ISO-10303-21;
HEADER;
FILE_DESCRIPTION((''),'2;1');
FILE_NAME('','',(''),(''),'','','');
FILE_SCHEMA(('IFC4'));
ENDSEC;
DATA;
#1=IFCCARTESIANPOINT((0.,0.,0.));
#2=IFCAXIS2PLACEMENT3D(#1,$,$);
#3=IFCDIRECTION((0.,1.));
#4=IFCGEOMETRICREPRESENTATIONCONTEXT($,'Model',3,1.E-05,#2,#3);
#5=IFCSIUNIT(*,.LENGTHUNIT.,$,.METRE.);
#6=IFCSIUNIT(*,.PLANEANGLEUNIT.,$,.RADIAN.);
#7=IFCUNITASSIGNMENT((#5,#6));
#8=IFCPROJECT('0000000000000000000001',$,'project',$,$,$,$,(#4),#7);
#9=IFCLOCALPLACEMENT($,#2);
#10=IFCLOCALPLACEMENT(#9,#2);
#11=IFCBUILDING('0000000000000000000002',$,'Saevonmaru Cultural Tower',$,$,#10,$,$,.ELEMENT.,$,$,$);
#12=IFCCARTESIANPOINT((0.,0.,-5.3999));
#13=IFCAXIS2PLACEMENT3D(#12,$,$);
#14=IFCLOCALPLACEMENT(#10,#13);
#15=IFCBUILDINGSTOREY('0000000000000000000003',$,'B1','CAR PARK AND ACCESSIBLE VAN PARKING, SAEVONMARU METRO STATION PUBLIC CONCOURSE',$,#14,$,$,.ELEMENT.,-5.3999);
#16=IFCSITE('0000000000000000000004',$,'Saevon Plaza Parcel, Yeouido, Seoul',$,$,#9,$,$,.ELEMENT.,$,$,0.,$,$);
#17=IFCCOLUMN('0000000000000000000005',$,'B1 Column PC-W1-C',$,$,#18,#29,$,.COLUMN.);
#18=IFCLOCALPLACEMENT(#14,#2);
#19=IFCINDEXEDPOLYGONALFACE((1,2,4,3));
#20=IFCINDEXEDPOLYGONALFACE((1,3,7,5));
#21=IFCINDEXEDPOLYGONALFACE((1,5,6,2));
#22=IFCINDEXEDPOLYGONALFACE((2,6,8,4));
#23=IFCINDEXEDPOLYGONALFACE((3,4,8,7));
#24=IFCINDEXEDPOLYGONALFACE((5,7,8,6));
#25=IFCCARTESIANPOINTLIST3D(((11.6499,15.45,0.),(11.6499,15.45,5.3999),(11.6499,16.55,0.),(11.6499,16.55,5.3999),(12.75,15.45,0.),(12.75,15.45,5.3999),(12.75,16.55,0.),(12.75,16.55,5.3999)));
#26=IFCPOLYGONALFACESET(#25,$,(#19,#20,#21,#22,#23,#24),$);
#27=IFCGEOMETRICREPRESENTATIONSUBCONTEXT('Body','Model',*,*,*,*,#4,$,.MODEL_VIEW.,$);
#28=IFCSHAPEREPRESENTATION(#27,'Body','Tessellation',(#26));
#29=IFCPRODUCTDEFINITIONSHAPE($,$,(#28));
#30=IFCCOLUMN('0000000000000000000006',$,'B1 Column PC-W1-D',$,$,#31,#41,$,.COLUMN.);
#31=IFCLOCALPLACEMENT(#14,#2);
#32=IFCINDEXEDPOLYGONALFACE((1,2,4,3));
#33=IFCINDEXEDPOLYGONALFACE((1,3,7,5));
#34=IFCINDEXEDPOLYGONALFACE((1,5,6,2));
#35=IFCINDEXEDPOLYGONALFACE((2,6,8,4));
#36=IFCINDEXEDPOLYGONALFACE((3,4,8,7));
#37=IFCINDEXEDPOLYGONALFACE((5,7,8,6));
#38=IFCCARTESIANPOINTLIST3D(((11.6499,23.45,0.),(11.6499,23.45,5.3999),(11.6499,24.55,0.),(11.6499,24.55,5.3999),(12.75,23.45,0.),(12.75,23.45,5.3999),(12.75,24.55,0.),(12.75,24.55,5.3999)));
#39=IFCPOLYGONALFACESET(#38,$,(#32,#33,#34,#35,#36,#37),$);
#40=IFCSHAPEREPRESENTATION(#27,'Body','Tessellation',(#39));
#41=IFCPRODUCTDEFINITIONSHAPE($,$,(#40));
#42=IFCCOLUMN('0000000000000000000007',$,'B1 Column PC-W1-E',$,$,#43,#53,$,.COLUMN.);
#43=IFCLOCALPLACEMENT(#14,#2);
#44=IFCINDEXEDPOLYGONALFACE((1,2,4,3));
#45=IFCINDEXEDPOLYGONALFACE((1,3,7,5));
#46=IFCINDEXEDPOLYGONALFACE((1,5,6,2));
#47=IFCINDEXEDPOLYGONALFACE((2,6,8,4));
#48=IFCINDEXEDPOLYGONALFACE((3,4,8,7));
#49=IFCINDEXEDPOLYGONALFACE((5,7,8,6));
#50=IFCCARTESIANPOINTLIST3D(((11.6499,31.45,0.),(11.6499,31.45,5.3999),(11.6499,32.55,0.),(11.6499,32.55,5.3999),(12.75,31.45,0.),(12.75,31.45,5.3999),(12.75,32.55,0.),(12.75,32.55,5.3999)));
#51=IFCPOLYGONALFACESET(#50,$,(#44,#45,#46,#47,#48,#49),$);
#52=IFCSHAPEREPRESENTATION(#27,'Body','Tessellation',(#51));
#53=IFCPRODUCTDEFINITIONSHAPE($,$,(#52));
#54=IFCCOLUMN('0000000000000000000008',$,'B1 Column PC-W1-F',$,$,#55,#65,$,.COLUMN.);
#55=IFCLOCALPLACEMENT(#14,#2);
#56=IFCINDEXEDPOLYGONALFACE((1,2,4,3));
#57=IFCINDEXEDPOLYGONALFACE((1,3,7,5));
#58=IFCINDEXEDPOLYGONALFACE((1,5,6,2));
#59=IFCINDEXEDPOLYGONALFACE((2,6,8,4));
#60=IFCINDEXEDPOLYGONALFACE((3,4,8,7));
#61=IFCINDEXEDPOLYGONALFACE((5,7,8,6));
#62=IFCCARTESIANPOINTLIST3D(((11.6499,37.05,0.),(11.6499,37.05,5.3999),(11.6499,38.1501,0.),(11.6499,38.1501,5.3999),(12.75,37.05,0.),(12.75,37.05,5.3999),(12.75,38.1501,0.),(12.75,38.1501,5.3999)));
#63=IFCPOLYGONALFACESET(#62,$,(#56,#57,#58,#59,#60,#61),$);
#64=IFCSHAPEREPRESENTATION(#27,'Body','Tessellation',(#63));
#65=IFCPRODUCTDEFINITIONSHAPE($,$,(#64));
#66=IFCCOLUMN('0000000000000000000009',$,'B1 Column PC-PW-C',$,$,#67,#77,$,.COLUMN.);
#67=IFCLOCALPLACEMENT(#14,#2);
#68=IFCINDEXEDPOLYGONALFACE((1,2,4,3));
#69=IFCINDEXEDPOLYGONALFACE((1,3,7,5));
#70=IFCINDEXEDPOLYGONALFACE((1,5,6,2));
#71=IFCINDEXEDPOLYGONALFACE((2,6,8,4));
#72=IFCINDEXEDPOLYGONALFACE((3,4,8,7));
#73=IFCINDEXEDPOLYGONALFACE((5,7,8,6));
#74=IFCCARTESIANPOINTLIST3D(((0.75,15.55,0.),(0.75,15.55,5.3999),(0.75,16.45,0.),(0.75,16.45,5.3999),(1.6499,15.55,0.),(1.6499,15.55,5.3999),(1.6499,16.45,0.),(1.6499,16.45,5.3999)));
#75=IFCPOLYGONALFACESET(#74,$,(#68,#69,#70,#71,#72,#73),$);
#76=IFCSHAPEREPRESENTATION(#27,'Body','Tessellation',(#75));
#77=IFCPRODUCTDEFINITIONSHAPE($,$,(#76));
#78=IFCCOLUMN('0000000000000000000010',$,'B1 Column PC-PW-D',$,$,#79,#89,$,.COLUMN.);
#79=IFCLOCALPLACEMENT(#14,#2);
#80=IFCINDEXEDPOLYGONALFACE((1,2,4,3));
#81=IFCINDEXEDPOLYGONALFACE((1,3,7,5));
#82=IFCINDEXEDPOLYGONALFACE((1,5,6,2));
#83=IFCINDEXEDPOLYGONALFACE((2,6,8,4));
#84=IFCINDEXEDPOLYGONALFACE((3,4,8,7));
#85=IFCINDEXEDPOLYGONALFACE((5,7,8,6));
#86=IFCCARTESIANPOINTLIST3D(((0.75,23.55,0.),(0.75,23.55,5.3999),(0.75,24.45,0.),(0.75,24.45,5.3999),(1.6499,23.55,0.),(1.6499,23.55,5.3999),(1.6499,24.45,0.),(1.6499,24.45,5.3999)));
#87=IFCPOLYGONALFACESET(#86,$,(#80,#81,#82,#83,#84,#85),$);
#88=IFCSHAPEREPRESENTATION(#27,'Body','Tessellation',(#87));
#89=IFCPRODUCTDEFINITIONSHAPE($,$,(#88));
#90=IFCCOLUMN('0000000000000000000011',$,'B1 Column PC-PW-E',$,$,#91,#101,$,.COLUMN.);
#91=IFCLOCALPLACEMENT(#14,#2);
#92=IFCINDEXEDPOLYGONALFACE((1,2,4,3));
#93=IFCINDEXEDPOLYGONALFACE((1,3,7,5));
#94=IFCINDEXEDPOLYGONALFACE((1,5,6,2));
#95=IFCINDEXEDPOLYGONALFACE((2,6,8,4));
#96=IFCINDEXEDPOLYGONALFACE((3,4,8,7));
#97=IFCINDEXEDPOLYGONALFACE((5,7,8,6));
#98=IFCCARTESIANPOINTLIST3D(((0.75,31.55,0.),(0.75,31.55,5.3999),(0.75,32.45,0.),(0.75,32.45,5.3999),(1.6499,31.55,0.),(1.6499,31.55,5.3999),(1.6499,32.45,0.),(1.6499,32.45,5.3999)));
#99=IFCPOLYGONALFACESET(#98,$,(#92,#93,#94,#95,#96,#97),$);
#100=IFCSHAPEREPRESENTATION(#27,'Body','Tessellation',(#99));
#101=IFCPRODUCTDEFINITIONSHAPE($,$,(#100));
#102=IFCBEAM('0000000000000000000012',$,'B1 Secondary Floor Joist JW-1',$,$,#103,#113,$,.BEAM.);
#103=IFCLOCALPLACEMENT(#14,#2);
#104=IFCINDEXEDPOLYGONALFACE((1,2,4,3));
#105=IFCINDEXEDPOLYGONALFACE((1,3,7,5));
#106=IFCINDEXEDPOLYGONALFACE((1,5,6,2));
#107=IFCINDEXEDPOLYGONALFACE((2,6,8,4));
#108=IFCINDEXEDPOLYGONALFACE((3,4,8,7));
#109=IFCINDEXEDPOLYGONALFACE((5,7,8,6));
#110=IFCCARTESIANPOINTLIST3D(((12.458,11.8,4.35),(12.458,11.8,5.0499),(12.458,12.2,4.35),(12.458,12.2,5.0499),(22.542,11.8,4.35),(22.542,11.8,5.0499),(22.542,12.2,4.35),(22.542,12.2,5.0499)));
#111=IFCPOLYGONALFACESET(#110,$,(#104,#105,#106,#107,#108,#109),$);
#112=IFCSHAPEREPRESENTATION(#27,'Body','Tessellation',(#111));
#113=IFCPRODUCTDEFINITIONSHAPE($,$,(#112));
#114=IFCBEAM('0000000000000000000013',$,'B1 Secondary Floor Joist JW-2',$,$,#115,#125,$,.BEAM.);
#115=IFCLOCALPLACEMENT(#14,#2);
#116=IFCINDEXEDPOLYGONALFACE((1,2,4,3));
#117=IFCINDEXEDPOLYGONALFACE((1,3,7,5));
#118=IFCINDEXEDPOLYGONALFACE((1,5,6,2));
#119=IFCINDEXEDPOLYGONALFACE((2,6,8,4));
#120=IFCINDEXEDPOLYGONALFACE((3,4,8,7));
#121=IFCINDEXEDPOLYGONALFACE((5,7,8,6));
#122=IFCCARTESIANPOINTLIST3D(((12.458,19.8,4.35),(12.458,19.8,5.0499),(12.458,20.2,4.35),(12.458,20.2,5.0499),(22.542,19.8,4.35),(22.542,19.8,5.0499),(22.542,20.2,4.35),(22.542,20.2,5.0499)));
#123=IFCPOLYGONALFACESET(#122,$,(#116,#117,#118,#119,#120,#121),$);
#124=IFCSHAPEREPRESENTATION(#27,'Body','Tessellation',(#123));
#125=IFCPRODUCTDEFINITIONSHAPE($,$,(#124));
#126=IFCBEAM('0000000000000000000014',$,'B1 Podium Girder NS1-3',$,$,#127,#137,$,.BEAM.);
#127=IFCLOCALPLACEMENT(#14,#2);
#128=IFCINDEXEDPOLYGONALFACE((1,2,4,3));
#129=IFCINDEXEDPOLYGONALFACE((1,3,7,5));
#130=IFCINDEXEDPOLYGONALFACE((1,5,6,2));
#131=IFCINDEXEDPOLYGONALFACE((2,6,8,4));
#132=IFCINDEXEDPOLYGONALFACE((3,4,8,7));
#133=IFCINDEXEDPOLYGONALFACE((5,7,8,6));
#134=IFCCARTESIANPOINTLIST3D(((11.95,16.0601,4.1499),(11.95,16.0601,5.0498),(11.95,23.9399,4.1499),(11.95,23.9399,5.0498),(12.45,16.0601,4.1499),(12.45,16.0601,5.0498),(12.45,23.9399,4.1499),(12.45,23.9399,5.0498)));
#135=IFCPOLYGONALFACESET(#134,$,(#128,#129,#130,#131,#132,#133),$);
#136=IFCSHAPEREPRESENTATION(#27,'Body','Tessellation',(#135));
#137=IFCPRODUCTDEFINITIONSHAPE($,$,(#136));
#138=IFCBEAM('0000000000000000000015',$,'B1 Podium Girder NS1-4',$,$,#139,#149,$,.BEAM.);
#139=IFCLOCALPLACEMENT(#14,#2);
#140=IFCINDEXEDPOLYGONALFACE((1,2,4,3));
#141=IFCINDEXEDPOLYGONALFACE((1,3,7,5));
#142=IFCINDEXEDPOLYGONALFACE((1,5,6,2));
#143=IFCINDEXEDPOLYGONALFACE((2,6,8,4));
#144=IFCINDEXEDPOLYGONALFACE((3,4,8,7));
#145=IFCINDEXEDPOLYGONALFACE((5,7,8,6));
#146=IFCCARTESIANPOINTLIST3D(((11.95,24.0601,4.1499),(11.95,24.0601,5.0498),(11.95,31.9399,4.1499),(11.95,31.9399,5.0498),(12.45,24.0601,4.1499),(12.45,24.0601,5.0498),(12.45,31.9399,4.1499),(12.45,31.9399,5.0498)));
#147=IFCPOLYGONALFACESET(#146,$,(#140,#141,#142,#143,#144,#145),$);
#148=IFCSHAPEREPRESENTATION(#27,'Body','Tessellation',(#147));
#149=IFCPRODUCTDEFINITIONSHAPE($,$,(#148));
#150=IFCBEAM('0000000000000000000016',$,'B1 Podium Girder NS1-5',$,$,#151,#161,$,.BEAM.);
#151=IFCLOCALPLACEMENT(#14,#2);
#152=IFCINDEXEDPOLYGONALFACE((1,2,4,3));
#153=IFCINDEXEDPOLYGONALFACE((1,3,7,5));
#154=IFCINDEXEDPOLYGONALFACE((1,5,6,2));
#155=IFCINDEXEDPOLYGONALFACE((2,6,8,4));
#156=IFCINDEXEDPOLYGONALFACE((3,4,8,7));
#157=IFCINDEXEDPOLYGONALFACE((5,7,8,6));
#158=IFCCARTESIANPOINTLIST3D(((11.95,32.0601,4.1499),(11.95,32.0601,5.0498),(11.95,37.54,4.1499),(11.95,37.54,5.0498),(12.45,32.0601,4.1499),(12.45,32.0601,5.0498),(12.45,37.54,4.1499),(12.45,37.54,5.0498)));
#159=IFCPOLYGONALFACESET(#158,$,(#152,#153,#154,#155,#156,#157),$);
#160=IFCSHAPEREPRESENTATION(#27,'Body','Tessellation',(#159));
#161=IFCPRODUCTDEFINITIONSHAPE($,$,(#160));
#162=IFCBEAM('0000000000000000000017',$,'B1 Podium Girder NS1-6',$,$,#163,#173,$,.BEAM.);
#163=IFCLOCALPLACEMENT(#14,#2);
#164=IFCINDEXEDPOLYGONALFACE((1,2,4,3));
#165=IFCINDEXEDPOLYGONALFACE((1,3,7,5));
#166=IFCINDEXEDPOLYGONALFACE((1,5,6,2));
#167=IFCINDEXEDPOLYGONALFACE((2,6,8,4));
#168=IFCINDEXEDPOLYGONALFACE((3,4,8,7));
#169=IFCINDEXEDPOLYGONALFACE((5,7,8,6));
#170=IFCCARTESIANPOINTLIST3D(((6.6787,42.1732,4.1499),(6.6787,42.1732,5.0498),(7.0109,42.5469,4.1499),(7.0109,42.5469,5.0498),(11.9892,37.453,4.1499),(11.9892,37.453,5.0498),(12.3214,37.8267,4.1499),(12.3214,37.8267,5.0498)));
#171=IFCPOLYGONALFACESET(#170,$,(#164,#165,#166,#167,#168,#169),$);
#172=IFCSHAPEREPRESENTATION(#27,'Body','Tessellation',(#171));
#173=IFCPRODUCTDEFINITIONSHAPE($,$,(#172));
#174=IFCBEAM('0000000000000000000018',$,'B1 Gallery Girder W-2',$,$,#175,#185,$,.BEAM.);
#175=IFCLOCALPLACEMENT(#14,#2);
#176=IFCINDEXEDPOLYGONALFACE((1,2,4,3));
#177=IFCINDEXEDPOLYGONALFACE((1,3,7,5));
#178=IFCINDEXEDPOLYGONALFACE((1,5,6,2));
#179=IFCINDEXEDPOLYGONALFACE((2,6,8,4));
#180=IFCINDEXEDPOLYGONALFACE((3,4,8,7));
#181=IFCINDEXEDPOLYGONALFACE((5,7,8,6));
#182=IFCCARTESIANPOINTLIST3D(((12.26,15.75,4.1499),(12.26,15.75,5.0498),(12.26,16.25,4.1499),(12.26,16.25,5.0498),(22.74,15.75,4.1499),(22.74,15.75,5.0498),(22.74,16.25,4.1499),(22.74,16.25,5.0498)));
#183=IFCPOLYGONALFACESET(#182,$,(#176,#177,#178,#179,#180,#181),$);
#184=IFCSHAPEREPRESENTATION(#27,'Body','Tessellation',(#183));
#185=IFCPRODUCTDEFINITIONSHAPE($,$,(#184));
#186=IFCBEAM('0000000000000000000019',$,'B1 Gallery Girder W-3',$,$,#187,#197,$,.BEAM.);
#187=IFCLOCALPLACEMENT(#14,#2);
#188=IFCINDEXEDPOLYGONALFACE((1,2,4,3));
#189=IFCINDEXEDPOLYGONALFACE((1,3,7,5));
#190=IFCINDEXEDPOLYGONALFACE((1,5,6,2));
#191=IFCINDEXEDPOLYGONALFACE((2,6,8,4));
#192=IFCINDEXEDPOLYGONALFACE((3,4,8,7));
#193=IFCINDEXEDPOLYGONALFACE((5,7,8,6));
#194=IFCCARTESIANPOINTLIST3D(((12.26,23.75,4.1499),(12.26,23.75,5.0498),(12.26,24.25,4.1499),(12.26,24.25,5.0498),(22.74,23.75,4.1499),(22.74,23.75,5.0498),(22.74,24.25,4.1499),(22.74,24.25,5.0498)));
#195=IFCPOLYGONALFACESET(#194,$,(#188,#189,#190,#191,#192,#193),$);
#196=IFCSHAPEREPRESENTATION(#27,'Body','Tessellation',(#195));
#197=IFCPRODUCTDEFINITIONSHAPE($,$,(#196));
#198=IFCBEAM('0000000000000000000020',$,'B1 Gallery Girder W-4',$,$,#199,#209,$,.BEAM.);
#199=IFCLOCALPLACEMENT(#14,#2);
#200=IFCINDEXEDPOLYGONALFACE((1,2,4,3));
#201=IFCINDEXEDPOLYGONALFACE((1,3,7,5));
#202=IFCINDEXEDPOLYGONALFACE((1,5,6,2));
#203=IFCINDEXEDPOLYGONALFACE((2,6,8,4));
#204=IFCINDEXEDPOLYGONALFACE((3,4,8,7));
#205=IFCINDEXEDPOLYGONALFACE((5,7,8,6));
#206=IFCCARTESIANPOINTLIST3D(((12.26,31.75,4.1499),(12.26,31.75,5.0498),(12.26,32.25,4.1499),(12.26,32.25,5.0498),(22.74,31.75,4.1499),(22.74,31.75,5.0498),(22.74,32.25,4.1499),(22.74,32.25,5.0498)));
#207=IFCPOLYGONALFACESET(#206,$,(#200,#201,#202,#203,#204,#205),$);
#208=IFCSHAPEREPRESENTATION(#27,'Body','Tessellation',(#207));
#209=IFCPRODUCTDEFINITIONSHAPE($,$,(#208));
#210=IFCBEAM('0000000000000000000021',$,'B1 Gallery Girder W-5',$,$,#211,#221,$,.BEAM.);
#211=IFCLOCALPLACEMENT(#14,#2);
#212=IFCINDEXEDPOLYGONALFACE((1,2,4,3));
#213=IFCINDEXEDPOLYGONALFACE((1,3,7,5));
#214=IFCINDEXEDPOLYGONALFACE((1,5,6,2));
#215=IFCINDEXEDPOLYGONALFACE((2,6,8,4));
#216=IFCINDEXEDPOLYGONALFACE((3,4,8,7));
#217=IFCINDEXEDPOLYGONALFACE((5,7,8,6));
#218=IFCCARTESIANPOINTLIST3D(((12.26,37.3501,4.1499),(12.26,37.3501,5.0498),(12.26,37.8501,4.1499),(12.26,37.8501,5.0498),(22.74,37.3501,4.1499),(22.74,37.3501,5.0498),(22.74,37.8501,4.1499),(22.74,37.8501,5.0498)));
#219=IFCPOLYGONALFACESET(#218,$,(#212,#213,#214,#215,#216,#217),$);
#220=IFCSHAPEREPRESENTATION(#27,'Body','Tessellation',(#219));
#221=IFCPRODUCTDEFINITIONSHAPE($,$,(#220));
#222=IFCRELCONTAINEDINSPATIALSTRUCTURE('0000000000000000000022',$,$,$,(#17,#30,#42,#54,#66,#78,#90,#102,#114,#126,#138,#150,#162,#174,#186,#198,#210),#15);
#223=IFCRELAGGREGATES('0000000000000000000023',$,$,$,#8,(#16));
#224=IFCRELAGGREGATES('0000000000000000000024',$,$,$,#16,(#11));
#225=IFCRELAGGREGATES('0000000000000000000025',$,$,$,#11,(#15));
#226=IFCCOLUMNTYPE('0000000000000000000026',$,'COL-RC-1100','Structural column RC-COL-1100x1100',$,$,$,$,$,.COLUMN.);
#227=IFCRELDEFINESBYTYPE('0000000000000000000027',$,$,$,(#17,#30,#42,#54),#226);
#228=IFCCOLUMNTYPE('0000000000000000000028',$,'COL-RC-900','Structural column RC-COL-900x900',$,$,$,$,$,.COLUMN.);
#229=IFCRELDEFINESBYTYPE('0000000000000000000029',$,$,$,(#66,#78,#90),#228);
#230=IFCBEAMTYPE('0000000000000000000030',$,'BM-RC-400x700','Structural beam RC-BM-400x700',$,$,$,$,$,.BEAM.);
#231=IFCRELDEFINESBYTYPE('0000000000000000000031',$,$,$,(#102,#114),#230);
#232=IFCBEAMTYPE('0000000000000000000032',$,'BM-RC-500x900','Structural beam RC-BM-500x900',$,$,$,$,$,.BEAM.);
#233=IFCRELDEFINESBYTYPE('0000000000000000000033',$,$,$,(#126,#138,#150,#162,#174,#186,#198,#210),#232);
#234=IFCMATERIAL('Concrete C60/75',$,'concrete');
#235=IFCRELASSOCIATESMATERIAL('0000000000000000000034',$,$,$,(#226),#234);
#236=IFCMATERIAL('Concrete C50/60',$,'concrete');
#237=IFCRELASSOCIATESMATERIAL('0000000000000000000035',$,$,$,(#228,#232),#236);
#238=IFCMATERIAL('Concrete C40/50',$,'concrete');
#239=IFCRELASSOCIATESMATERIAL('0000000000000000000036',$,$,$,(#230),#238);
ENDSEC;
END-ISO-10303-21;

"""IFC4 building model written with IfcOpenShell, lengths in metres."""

from ifc_helpers import new_model, si_unit, direction, frame, origin, origin_2d, place, context, subcontext, project, spatial, rectangle, extrude, material, material_profile, profile_set, type_object, element, save


model = new_model("IFC4")

# Units and contexts
model_context = context("Model", 3, precision=1e-05, world=origin(), true_north=direction((0.0, 1.0)))
body_context = subcontext(model_context, "Body", "Model", "MODEL_VIEW")
ifc_project = project(units=[si_unit("LENGTHUNIT", "METRE"), si_unit("PLANEANGLEUNIT", "RADIAN")], contexts=[model_context])

# Site, building, storey
site_placement = place(None, origin())
site = spatial("IfcSite", under=ifc_project, at=site_placement, Name="Saevon Plaza Parcel, Yeouido, Seoul", CompositionType="ELEMENT", RefElevation=0.0)
building_placement = place(site_placement, origin())
building = spatial("IfcBuilding", under=site, at=building_placement, Name="Saevonmaru Cultural Tower", CompositionType="ELEMENT")
storey_placement = place(building_placement, frame((0.0, 0.0, -5.3999)))
storey = spatial("IfcBuildingStorey", under=building, at=storey_placement, Name="B1", Description="CAR PARK AND ACCESSIBLE VAN PARKING, SAEVONMARU METRO STATION PUBLIC CONCOURSE", CompositionType="ELEMENT", Elevation=-5.3999)

# Columns
ifc_material_1 = material(Name="Concrete C60/75", Category="concrete")
ifc_material_profile_1 = material_profile(ifc_material_1, rectangle(XDim=1.1001, YDim=1.1001, at=origin_2d()), Name="RC-COL-1100x1100")
ifc_profile_set_1 = profile_set([ifc_material_profile_1], Name="Concrete C60/75")
column_type_1 = type_object("IfcColumnType", Name="COL-RC-1100", Description="Structural column RC-COL-1100x1100", PredefinedType="COLUMN", material=ifc_profile_set_1)
for number, where, z_axis, x_axis, name in (
    (1, (12.2, 16.0, 0.0), (0.0, 0.0, 1.0), (1.0, 0.0, 0.0), "B1 Column PC-W1-C"),
    (2, (12.2, 24.0, 0.0), (0.0, 0.0, 1.0), (1.0, 0.0, 0.0), "B1 Column PC-W1-D"),
    (3, (12.2, 32.0, 0.0), (0.0, 0.0, 1.0), (1.0, 0.0, 0.0), "B1 Column PC-W1-E"),
    (4, (12.2, 37.6001, 0.0), (0.0, 0.0, 1.0), (1.0, 0.0, 0.0), "B1 Column PC-W1-F"),
):
    element("IfcColumn", number, at=place(storey_placement, frame(where, z_axis=z_axis, x_axis=x_axis)), inside=storey, type_object=column_type_1, Name=name, PredefinedType="COLUMN", context=body_context, shape_type="SweptSolid", body=[
        extrude(rectangle(XDim=1.1001, YDim=1.1001, at=origin_2d()), origin(), (0.0, 0.0, 1.0), 5.3999),
    ])
ifc_material_2 = material(Name="Concrete C50/60", Category="concrete")
ifc_material_profile_2 = material_profile(ifc_material_2, rectangle(XDim=0.8999, YDim=0.8999, at=origin_2d()), Name="RC-COL-900x900")
ifc_profile_set_2 = profile_set([ifc_material_profile_2], Name="Concrete C50/60")
column_type_2 = type_object("IfcColumnType", Name="COL-RC-900", Description="Structural column RC-COL-900x900", PredefinedType="COLUMN", material=ifc_profile_set_2)
for number, where, z_axis, x_axis, name in (
    (5, (1.2, 16.0, 0.0), (0.0, 0.0, 1.0), (1.0, 0.0, 0.0), "B1 Column PC-PW-C"),
    (6, (1.2, 24.0, 0.0), (0.0, 0.0, 1.0), (1.0, 0.0, 0.0), "B1 Column PC-PW-D"),
    (7, (1.2, 32.0, 0.0), (0.0, 0.0, 1.0), (1.0, 0.0, 0.0), "B1 Column PC-PW-E"),
):
    element("IfcColumn", number, at=place(storey_placement, frame(where, z_axis=z_axis, x_axis=x_axis)), inside=storey, type_object=column_type_2, Name=name, PredefinedType="COLUMN", context=body_context, shape_type="SweptSolid", body=[
        extrude(rectangle(XDim=0.8999, YDim=0.8999, at=origin_2d()), origin(), (0.0, 0.0, 1.0), 5.3999),
    ])

# Beams
ifc_material_3 = material(Name="Concrete C40/50", Category="concrete")
ifc_material_profile_3 = material_profile(ifc_material_3, rectangle(XDim=0.3999, YDim=0.7, at=origin_2d()), Name="RC-BM-400x700")
ifc_profile_set_3 = profile_set([ifc_material_profile_3], Name="Concrete C40/50")
beam_type_1 = type_object("IfcBeamType", Name="BM-RC-400x700", Description="Structural beam RC-BM-400x700", PredefinedType="BEAM", material=ifc_profile_set_3)
for number, where, z_axis, x_axis, name in (
    (8, (12.458, 12.0, 4.7), (1.0, 0.0, 0.0), (0.0, 1.0, 0.0), "B1 Secondary Floor Joist JW-1"),
    (9, (12.458, 20.0, 4.7), (1.0, 0.0, 0.0), (0.0, 1.0, 0.0), "B1 Secondary Floor Joist JW-2"),
):
    element("IfcBeam", number, at=place(storey_placement, frame(where, z_axis=z_axis, x_axis=x_axis)), inside=storey, type_object=beam_type_1, Name=name, PredefinedType="BEAM", context=body_context, shape_type="SweptSolid", body=[
        extrude(rectangle(XDim=0.3999, YDim=0.7, at=origin_2d()), origin(), (0.0, 0.0, 1.0), 10.084),
    ])
ifc_material_profile_4 = material_profile(ifc_material_2, rectangle(XDim=0.5, YDim=0.8999, at=origin_2d()), Name="RC-BM-500x900")
ifc_profile_set_4 = profile_set([ifc_material_profile_4], Name="Concrete C50/60")
beam_type_2 = type_object("IfcBeamType", Name="BM-RC-500x900", Description="Structural beam RC-BM-500x900", PredefinedType="BEAM", material=ifc_profile_set_4)
for number, where, z_axis, x_axis, name in (
    (10, (12.2, 16.0601, 4.5999), (0.0, 1.0, 0.0), (-1.0, 0.0, 0.0), "B1 Podium Girder NS1-3"),
    (11, (12.2, 24.0601, 4.5999), (0.0, 1.0, 0.0), (-1.0, 0.0, 0.0), "B1 Podium Girder NS1-4"),
):
    element("IfcBeam", number, at=place(storey_placement, frame(where, z_axis=z_axis, x_axis=x_axis)), inside=storey, type_object=beam_type_2, Name=name, PredefinedType="BEAM", context=body_context, shape_type="SweptSolid", body=[
        extrude(rectangle(XDim=0.5, YDim=0.8999, at=origin_2d()), origin(), (0.0, 0.0, 1.0), 7.8799),
    ])
beam_1_placement = place(storey_placement, frame((12.2, 32.0601, 4.5999), z_axis=(0.0, 1.0, 0.0), x_axis=(-1.0, 0.0, 0.0)))
element("IfcBeam", 12, at=beam_1_placement, inside=storey, type_object=beam_type_2, Name="B1 Podium Girder NS1-5", PredefinedType="BEAM", context=body_context, shape_type="SweptSolid", body=[
    extrude(rectangle(XDim=0.5, YDim=0.8999, at=origin_2d()), origin(), (0.0, 0.0, 1.0), 5.48),
])
beam_2_placement = place(storey_placement, frame((12.1553, 37.6399, 4.5999), z_axis=(-0.747428, 0.664343, 0.0), x_axis=(-0.664343, -0.747428, 0.0)))
element("IfcBeam", 13, at=beam_2_placement, inside=storey, type_object=beam_type_2, Name="B1 Podium Girder NS1-6", PredefinedType="BEAM", context=body_context, shape_type="SweptSolid", body=[
    extrude(rectangle(XDim=0.5, YDim=0.8999, at=origin_2d()), origin(), (0.0, 0.0, 1.0), 7.105),
])
for number, where, z_axis, x_axis, name in (
    (14, (12.26, 16.0, 4.5999), (1.0, 0.0, 0.0), (0.0, 1.0, 0.0), "B1 Gallery Girder W-2"),
    (15, (12.26, 24.0, 4.5999), (1.0, 0.0, 0.0), (0.0, 1.0, 0.0), "B1 Gallery Girder W-3"),
    (16, (12.26, 32.0, 4.5999), (1.0, 0.0, 0.0), (0.0, 1.0, 0.0), "B1 Gallery Girder W-4"),
    (17, (12.26, 37.6001, 4.5999), (1.0, 0.0, 0.0), (0.0, 1.0, 0.0), "B1 Gallery Girder W-5"),
):
    element("IfcBeam", number, at=place(storey_placement, frame(where, z_axis=z_axis, x_axis=x_axis)), inside=storey, type_object=beam_type_2, Name=name, PredefinedType="BEAM", context=body_context, shape_type="SweptSolid", body=[
        extrude(rectangle(XDim=0.5, YDim=0.8999, at=origin_2d()), origin(), (0.0, 0.0, 1.0), 10.48),
    ])

save(model, "model.ifc")
